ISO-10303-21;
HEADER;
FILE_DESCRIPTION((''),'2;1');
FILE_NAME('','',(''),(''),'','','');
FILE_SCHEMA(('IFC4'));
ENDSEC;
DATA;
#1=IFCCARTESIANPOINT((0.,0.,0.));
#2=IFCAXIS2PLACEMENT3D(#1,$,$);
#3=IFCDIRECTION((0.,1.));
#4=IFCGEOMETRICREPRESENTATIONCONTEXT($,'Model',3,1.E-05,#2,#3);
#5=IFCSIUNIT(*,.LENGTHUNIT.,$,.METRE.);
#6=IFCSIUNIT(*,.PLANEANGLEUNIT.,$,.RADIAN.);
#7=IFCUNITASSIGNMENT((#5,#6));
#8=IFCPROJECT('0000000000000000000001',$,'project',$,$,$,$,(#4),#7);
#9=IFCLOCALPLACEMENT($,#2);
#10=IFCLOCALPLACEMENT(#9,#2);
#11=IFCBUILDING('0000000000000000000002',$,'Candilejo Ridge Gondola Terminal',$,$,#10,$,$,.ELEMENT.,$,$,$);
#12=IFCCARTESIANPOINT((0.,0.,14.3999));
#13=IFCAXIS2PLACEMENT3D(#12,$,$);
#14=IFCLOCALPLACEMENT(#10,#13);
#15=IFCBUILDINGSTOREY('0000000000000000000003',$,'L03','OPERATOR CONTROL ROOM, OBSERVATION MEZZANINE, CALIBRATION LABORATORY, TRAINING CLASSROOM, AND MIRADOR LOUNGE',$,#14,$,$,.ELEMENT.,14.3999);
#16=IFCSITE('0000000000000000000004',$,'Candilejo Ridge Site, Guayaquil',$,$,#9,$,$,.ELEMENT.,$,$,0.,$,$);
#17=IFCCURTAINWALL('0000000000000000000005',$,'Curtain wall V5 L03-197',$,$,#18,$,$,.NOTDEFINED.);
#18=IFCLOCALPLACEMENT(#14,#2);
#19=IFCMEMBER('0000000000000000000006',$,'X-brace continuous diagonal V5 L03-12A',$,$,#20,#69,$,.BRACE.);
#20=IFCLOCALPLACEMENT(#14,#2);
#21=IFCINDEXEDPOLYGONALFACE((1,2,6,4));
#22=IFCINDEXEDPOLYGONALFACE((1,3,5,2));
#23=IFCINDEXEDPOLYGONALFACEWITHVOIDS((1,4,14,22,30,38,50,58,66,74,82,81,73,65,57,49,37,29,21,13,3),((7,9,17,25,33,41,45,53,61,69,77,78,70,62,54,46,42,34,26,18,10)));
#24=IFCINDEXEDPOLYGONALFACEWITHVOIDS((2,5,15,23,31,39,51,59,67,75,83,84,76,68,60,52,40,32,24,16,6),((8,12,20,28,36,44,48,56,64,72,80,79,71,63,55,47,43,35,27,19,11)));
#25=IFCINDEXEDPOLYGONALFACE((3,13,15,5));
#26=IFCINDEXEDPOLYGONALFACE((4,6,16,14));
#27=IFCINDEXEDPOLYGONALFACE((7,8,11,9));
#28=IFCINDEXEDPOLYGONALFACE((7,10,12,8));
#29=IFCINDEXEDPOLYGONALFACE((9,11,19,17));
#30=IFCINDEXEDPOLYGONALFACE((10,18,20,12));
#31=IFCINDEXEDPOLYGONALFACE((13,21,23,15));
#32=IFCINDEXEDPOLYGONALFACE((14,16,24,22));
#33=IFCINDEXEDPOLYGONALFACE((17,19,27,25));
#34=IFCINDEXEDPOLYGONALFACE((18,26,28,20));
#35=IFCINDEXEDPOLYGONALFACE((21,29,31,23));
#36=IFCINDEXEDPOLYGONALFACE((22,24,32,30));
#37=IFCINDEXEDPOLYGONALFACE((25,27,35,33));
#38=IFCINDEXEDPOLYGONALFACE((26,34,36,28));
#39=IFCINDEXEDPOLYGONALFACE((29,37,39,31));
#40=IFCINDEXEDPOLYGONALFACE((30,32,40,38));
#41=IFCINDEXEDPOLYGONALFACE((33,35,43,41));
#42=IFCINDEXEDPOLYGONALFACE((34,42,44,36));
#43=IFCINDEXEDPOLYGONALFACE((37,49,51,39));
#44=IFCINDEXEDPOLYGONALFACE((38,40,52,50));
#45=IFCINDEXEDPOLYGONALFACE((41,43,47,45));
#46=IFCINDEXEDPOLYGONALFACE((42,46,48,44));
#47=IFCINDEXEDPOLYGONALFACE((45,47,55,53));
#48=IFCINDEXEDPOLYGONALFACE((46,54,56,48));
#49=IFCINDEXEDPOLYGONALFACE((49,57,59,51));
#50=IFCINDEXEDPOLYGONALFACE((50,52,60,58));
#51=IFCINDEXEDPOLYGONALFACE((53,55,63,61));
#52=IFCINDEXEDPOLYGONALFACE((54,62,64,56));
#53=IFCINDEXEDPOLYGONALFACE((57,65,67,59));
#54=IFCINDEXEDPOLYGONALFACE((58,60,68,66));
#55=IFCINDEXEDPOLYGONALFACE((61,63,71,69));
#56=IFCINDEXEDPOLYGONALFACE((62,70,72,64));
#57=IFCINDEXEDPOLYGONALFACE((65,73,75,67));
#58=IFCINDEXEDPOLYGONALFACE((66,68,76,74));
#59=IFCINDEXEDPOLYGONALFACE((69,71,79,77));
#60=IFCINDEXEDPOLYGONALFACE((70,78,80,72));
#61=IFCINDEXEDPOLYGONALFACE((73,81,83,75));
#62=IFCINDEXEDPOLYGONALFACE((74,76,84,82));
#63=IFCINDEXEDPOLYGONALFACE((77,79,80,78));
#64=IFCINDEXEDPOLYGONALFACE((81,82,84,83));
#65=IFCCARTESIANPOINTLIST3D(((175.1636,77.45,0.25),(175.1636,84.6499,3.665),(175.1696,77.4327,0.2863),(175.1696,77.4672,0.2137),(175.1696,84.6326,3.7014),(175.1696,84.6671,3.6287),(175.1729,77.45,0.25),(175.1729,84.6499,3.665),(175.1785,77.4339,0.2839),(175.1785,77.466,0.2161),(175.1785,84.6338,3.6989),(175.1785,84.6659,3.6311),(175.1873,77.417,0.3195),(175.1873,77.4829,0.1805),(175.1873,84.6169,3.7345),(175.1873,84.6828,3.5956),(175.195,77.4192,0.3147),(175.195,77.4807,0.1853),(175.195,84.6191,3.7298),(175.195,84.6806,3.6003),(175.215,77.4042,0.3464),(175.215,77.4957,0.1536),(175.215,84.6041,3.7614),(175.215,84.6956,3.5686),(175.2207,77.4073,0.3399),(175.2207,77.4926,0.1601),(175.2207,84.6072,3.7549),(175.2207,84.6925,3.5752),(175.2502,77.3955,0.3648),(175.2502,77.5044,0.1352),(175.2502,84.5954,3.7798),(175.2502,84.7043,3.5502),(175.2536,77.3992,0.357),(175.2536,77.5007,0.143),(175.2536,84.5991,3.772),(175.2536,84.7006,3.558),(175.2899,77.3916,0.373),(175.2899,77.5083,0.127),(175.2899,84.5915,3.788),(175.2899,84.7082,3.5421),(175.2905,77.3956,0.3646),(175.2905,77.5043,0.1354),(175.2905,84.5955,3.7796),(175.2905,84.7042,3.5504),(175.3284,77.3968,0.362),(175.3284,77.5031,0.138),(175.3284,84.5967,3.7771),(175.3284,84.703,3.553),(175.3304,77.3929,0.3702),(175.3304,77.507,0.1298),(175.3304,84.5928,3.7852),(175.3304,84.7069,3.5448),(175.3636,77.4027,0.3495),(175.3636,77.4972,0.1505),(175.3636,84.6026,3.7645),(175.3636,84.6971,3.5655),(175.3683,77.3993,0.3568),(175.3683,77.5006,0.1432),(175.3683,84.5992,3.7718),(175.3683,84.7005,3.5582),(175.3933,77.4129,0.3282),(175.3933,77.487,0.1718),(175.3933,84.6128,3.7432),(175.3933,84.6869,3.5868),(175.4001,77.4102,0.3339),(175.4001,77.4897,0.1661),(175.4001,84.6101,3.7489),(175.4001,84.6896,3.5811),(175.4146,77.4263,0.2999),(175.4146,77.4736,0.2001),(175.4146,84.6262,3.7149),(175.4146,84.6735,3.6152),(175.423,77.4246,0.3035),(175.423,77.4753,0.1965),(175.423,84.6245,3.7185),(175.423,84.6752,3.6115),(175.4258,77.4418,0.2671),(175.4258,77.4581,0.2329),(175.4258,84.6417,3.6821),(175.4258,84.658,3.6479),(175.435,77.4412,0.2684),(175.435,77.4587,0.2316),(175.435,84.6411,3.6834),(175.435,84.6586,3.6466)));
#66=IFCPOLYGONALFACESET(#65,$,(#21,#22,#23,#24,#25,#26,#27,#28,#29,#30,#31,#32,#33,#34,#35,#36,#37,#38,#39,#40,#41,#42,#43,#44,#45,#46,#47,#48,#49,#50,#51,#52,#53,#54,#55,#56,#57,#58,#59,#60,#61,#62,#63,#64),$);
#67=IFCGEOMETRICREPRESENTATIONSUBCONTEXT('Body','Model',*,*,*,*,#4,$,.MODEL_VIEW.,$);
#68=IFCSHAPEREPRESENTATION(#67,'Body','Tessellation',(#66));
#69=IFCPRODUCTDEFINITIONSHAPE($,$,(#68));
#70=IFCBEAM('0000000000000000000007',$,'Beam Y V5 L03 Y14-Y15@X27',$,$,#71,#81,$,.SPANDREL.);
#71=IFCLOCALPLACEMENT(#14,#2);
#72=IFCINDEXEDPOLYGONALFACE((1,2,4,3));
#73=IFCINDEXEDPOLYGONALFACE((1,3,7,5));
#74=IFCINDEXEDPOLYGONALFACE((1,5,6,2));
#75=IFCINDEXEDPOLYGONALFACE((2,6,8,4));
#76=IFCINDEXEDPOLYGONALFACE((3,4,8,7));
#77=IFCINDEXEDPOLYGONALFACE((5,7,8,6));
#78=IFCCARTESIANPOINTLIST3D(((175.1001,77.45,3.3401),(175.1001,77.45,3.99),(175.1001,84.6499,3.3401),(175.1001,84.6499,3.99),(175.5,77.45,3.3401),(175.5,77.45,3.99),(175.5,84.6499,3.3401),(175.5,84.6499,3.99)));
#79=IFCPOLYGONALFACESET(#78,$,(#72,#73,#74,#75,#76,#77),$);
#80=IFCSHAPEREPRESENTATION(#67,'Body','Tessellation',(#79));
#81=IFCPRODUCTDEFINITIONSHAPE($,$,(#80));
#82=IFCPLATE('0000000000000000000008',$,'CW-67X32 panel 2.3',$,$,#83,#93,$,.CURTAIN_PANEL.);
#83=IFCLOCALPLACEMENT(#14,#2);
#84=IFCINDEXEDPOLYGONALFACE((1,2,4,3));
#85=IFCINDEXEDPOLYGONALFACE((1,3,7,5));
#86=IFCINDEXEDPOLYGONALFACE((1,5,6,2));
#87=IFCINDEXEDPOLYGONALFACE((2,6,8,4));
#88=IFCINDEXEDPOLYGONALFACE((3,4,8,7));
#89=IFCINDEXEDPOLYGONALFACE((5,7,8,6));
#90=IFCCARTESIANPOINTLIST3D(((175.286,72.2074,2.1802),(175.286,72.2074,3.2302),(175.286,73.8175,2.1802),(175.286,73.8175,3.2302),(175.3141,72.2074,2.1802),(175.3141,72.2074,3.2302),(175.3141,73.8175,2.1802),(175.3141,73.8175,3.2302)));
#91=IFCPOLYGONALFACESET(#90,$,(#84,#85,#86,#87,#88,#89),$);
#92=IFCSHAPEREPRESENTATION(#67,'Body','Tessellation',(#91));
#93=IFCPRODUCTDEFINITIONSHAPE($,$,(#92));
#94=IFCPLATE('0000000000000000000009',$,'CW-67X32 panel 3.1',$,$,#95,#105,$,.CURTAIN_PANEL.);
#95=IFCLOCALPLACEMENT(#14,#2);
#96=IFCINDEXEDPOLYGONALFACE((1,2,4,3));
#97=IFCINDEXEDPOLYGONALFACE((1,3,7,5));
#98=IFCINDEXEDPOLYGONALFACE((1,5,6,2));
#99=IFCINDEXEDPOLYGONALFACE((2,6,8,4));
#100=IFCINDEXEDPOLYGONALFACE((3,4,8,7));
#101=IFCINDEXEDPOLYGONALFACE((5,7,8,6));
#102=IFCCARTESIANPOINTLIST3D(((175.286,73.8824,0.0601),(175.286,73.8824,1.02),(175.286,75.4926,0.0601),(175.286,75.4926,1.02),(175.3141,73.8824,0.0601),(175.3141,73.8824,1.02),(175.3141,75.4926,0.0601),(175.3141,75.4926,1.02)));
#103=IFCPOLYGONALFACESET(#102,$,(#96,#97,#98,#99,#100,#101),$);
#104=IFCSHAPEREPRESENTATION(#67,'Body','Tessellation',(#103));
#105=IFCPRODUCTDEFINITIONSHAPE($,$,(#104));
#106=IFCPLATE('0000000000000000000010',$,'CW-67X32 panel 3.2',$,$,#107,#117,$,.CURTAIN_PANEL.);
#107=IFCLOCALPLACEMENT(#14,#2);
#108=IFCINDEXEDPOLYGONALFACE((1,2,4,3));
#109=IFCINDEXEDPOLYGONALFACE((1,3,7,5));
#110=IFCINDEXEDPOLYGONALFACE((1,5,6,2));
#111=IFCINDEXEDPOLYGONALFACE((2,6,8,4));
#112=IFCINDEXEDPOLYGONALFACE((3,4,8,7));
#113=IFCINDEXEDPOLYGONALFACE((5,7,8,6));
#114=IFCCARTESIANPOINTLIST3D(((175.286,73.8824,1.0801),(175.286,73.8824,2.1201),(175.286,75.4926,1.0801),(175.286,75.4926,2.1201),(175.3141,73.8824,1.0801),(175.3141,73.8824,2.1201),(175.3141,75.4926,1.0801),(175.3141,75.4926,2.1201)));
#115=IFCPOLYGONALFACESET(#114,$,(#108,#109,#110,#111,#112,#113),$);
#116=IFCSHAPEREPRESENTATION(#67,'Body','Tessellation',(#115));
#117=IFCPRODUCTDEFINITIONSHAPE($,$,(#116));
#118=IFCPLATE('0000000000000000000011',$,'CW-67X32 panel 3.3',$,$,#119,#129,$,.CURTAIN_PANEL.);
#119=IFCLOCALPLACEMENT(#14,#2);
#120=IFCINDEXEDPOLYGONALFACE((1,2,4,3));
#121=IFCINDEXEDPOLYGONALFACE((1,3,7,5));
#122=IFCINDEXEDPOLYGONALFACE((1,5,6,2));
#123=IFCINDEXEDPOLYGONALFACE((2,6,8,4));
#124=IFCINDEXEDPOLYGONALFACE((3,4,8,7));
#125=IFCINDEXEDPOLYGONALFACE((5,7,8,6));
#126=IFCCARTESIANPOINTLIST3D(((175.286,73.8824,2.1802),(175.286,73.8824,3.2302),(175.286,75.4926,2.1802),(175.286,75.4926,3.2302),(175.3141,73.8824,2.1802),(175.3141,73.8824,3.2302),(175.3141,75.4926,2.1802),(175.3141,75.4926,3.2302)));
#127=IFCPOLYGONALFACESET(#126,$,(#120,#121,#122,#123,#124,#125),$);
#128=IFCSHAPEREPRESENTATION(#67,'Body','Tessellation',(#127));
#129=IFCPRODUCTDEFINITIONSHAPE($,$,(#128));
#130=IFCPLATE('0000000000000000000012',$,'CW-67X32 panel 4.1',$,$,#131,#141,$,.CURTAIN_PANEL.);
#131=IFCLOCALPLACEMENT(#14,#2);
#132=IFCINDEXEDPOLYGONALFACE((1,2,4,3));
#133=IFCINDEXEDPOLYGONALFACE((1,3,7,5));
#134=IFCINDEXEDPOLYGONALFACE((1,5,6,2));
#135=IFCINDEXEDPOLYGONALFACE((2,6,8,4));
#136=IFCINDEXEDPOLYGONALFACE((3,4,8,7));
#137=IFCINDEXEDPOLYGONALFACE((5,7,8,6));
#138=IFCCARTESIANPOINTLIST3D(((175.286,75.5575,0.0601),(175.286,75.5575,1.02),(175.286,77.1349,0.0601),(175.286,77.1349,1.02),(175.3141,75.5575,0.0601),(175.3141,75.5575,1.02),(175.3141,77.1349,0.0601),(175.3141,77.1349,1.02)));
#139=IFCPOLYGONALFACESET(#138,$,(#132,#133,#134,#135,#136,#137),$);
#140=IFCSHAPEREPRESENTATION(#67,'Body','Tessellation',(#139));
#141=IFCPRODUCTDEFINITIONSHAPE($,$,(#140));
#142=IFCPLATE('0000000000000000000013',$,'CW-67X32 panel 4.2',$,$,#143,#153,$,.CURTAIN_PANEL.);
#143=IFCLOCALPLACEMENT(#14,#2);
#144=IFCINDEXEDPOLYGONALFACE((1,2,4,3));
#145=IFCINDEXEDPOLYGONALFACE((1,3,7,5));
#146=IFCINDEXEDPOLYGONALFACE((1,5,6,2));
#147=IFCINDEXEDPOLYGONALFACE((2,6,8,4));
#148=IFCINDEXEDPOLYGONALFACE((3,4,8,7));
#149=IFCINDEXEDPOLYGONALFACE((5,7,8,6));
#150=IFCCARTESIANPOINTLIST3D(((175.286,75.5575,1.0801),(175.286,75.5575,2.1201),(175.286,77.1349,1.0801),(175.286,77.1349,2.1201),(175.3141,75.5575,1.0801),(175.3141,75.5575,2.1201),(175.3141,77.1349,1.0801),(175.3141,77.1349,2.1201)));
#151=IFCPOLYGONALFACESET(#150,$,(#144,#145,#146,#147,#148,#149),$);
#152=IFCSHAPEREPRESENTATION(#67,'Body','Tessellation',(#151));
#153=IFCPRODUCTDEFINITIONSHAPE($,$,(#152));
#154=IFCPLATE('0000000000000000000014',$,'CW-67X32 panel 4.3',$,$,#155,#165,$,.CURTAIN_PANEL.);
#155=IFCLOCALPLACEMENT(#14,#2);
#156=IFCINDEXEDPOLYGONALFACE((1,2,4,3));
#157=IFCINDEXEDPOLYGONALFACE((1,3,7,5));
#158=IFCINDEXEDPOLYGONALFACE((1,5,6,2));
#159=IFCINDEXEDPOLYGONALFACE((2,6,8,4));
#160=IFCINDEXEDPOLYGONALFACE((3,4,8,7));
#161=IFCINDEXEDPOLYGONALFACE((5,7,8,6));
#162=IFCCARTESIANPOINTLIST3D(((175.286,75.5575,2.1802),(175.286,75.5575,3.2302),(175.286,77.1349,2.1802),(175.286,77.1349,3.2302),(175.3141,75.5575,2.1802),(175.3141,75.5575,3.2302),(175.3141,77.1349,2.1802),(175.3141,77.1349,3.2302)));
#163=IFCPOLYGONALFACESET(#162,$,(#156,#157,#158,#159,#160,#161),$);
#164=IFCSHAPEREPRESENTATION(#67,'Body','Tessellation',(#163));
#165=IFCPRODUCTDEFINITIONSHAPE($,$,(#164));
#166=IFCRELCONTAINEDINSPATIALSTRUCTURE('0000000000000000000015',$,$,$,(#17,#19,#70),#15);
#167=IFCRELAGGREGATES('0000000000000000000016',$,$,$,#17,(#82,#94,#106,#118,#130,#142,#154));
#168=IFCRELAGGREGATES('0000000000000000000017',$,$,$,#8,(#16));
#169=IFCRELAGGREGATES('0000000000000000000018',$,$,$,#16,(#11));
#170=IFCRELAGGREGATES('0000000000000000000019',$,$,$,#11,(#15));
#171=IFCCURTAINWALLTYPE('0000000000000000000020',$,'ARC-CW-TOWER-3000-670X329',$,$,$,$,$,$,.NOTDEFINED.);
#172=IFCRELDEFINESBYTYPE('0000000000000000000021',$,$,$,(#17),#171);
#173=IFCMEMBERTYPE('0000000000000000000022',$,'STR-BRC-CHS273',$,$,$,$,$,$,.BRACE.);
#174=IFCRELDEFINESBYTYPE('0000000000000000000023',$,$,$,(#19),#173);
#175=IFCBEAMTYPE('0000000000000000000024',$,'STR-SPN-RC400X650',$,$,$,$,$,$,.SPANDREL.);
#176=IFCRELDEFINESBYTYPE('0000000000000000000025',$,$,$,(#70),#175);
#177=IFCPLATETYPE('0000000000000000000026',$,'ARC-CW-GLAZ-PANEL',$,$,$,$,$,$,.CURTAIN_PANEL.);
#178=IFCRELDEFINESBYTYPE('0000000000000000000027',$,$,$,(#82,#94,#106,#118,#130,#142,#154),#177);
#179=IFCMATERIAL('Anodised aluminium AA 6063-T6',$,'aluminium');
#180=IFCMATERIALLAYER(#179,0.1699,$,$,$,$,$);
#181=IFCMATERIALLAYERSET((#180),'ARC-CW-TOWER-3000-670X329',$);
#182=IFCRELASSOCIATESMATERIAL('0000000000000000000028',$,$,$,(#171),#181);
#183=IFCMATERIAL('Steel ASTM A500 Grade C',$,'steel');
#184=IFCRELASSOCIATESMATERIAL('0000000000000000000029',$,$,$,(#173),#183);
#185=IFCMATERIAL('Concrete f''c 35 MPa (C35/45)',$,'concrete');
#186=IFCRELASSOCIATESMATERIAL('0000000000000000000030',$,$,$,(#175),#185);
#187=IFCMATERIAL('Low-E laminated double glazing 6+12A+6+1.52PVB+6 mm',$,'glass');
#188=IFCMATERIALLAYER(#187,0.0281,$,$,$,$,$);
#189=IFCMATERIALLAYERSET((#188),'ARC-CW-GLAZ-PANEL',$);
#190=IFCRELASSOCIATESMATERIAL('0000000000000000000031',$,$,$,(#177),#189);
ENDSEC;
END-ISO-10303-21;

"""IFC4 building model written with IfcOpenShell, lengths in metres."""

from ifc_helpers import new_model, si_unit, direction, frame, origin, origin_2d, place, context, subcontext, project, spatial, rectangle, hollow_circle, extrude, material, layer, layer_set, material_profile, profile_set, type_object, element, aggregate, save


model = new_model("IFC4")

# Units and contexts
model_context = context("Model", 3, precision=1e-05, world=origin(), true_north=direction((0.0, 1.0)))
body_context = subcontext(model_context, "Body", "Model", "MODEL_VIEW")
ifc_project = project(units=[si_unit("LENGTHUNIT", "METRE"), si_unit("PLANEANGLEUNIT", "RADIAN")], contexts=[model_context])

# Site, building, storey
site_placement = place(None, origin())
site = spatial("IfcSite", under=ifc_project, at=site_placement, Name="Candilejo Ridge Site, Guayaquil", CompositionType="ELEMENT", RefElevation=0.0)
building_placement = place(site_placement, origin())
building = spatial("IfcBuilding", under=site, at=building_placement, Name="Candilejo Ridge Gondola Terminal", CompositionType="ELEMENT")
storey_placement = place(building_placement, frame((0.0, 0.0, 14.3999)))
storey = spatial("IfcBuildingStorey", under=building, at=storey_placement, Name="L03", Description="OPERATOR CONTROL ROOM, OBSERVATION MEZZANINE, CALIBRATION LABORATORY, TRAINING CLASSROOM, AND MIRADOR LOUNGE", CompositionType="ELEMENT", Elevation=14.3999)

# Curtain wall
ifc_material_1 = material(Name="Anodised aluminium AA 6063-T6", Category="aluminium")
ifc_layer_1 = layer(ifc_material_1, 0.1699)
ifc_layer_set_1 = layer_set([ifc_layer_1], Name="ARC-CW-TOWER-3000-670X329")
curtain_wall_type = type_object("IfcCurtainWallType", Name="ARC-CW-TOWER-3000-670X329", PredefinedType="NOTDEFINED", material=ifc_layer_set_1)
curtain_wall_placement = place(storey_placement, origin())
curtain_wall = element("IfcCurtainWall", 1, at=curtain_wall_placement, inside=storey, type_object=curtain_wall_type, Name="Curtain wall V5 L03-197", PredefinedType="NOTDEFINED")

# Member
ifc_material_2 = material(Name="Steel ASTM A500 Grade C", Category="steel")
ifc_material_profile_1 = material_profile(ifc_material_2, hollow_circle(Radius=0.1365, WallThickness=0.0093, at=origin_2d()))
ifc_profile_set_1 = profile_set([ifc_material_profile_1], Name="Steel ASTM A500 Grade C")
member_type_1 = type_object("IfcMemberType", Name="STR-BRC-CHS273", PredefinedType="BRACE", material=ifc_profile_set_1)
member_1_placement = place(storey_placement, frame((175.3, 77.45, 0.25), z_axis=(0.0, 0.903518, 0.428551), x_axis=(-1.0, 0.0, 0.0)))
element("IfcMember", 2, at=member_1_placement, inside=storey, type_object=member_type_1, Name="X-brace continuous diagonal V5 L03-12A", PredefinedType="BRACE", context=body_context, shape_type="SweptSolid", body=[
    extrude(hollow_circle(Radius=0.1365, WallThickness=0.0093, at=origin_2d()), origin(), (0.0, 0.0, 1.0), 7.9688),
])

# Beam
ifc_material_3 = material(Name="Concrete f'c 35 MPa (C35/45)", Category="concrete")
ifc_material_profile_2 = material_profile(ifc_material_3, rectangle(XDim=0.3999, YDim=0.6499, at=origin_2d()))
ifc_profile_set_2 = profile_set([ifc_material_profile_2], Name="Concrete f'c 35 MPa (C35/45)")
beam_type_1 = type_object("IfcBeamType", Name="STR-SPN-RC400X650", PredefinedType="SPANDREL", material=ifc_profile_set_2)
beam_1_placement = place(storey_placement, frame((175.3, 77.45, 3.665), z_axis=(0.0, 1.0, 0.0), x_axis=(-1.0, 0.0, 0.0)))
element("IfcBeam", 3, at=beam_1_placement, inside=storey, type_object=beam_type_1, Name="Beam Y V5 L03 Y14-Y15@X27", PredefinedType="SPANDREL", context=body_context, shape_type="SweptSolid", body=[
    extrude(rectangle(XDim=0.3999, YDim=0.6499, at=origin_2d()), origin(), (0.0, 0.0, 1.0), 7.2),
])

# Plates
ifc_material_4 = material(Name="Low-E laminated double glazing 6+12A+6+1.52PVB+6 mm", Category="glass")
ifc_layer_2 = layer(ifc_material_4, 0.0281)
ifc_layer_set_2 = layer_set([ifc_layer_2], Name="ARC-CW-GLAZ-PANEL")
plate_type = type_object("IfcPlateType", Name="ARC-CW-GLAZ-PANEL", PredefinedType="CURTAIN_PANEL", material=ifc_layer_set_2)
plate_1_placement = place(storey_placement, frame((175.3, 73.0125, 2.1802), z_axis=(0.0, 0.0, 1.0), x_axis=(0.0, 1.0, 0.0)))
plate_1 = element("IfcPlate", 4, at=plate_1_placement, type_object=plate_type, Name="CW-67X32 panel 2.3", PredefinedType="CURTAIN_PANEL", context=body_context, shape_type="SweptSolid", body=[
    extrude(rectangle(XDim=1.6101, YDim=0.0281, at=origin_2d()), origin(), (0.0, 0.0, 1.0), 1.05),
])
plate_2_placement = place(storey_placement, frame((175.3, 74.6875, 0.0601), z_axis=(0.0, 0.0, 1.0), x_axis=(0.0, 1.0, 0.0)))
plate_2 = element("IfcPlate", 5, at=plate_2_placement, type_object=plate_type, Name="CW-67X32 panel 3.1", PredefinedType="CURTAIN_PANEL", context=body_context, shape_type="SweptSolid", body=[
    extrude(rectangle(XDim=1.6101, YDim=0.0281, at=origin_2d()), origin(), (0.0, 0.0, 1.0), 0.96),
])
plate_3_placement = place(storey_placement, frame((175.3, 74.6875, 1.0801), z_axis=(0.0, 0.0, 1.0), x_axis=(0.0, 1.0, 0.0)))
plate_3 = element("IfcPlate", 6, at=plate_3_placement, type_object=plate_type, Name="CW-67X32 panel 3.2", PredefinedType="CURTAIN_PANEL", context=body_context, shape_type="SweptSolid", body=[
    extrude(rectangle(XDim=1.6101, YDim=0.0281, at=origin_2d()), origin(), (0.0, 0.0, 1.0), 1.04),
])
plate_4_placement = place(storey_placement, frame((175.3, 74.6875, 2.1802), z_axis=(0.0, 0.0, 1.0), x_axis=(0.0, 1.0, 0.0)))
plate_4 = element("IfcPlate", 7, at=plate_4_placement, type_object=plate_type, Name="CW-67X32 panel 3.3", PredefinedType="CURTAIN_PANEL", context=body_context, shape_type="SweptSolid", body=[
    extrude(rectangle(XDim=1.6101, YDim=0.0281, at=origin_2d()), origin(), (0.0, 0.0, 1.0), 1.05),
])
plate_5_placement = place(storey_placement, frame((175.3, 76.3462, 0.0601), z_axis=(0.0, 0.0, 1.0), x_axis=(0.0, 1.0, 0.0)))
plate_5 = element("IfcPlate", 8, at=plate_5_placement, type_object=plate_type, Name="CW-67X32 panel 4.1", PredefinedType="CURTAIN_PANEL", context=body_context, shape_type="SweptSolid", body=[
    extrude(rectangle(XDim=1.5774, YDim=0.0281, at=origin_2d()), origin(), (0.0, 0.0, 1.0), 0.96),
])
plate_6_placement = place(storey_placement, frame((175.3, 76.3462, 1.0801), z_axis=(0.0, 0.0, 1.0), x_axis=(0.0, 1.0, 0.0)))
plate_6 = element("IfcPlate", 9, at=plate_6_placement, type_object=plate_type, Name="CW-67X32 panel 4.2", PredefinedType="CURTAIN_PANEL", context=body_context, shape_type="SweptSolid", body=[
    extrude(rectangle(XDim=1.5774, YDim=0.0281, at=origin_2d()), origin(), (0.0, 0.0, 1.0), 1.04),
])
plate_7_placement = place(storey_placement, frame((175.3, 76.3462, 2.1802), z_axis=(0.0, 0.0, 1.0), x_axis=(0.0, 1.0, 0.0)))
plate_7 = element("IfcPlate", 10, at=plate_7_placement, type_object=plate_type, Name="CW-67X32 panel 4.3", PredefinedType="CURTAIN_PANEL", context=body_context, shape_type="SweptSolid", body=[
    extrude(rectangle(XDim=1.5774, YDim=0.0281, at=origin_2d()), origin(), (0.0, 0.0, 1.0), 1.05),
])
aggregate(curtain_wall, [plate_1, plate_2, plate_3, plate_4, plate_5, plate_6, plate_7])

save(model, "model.ifc")
